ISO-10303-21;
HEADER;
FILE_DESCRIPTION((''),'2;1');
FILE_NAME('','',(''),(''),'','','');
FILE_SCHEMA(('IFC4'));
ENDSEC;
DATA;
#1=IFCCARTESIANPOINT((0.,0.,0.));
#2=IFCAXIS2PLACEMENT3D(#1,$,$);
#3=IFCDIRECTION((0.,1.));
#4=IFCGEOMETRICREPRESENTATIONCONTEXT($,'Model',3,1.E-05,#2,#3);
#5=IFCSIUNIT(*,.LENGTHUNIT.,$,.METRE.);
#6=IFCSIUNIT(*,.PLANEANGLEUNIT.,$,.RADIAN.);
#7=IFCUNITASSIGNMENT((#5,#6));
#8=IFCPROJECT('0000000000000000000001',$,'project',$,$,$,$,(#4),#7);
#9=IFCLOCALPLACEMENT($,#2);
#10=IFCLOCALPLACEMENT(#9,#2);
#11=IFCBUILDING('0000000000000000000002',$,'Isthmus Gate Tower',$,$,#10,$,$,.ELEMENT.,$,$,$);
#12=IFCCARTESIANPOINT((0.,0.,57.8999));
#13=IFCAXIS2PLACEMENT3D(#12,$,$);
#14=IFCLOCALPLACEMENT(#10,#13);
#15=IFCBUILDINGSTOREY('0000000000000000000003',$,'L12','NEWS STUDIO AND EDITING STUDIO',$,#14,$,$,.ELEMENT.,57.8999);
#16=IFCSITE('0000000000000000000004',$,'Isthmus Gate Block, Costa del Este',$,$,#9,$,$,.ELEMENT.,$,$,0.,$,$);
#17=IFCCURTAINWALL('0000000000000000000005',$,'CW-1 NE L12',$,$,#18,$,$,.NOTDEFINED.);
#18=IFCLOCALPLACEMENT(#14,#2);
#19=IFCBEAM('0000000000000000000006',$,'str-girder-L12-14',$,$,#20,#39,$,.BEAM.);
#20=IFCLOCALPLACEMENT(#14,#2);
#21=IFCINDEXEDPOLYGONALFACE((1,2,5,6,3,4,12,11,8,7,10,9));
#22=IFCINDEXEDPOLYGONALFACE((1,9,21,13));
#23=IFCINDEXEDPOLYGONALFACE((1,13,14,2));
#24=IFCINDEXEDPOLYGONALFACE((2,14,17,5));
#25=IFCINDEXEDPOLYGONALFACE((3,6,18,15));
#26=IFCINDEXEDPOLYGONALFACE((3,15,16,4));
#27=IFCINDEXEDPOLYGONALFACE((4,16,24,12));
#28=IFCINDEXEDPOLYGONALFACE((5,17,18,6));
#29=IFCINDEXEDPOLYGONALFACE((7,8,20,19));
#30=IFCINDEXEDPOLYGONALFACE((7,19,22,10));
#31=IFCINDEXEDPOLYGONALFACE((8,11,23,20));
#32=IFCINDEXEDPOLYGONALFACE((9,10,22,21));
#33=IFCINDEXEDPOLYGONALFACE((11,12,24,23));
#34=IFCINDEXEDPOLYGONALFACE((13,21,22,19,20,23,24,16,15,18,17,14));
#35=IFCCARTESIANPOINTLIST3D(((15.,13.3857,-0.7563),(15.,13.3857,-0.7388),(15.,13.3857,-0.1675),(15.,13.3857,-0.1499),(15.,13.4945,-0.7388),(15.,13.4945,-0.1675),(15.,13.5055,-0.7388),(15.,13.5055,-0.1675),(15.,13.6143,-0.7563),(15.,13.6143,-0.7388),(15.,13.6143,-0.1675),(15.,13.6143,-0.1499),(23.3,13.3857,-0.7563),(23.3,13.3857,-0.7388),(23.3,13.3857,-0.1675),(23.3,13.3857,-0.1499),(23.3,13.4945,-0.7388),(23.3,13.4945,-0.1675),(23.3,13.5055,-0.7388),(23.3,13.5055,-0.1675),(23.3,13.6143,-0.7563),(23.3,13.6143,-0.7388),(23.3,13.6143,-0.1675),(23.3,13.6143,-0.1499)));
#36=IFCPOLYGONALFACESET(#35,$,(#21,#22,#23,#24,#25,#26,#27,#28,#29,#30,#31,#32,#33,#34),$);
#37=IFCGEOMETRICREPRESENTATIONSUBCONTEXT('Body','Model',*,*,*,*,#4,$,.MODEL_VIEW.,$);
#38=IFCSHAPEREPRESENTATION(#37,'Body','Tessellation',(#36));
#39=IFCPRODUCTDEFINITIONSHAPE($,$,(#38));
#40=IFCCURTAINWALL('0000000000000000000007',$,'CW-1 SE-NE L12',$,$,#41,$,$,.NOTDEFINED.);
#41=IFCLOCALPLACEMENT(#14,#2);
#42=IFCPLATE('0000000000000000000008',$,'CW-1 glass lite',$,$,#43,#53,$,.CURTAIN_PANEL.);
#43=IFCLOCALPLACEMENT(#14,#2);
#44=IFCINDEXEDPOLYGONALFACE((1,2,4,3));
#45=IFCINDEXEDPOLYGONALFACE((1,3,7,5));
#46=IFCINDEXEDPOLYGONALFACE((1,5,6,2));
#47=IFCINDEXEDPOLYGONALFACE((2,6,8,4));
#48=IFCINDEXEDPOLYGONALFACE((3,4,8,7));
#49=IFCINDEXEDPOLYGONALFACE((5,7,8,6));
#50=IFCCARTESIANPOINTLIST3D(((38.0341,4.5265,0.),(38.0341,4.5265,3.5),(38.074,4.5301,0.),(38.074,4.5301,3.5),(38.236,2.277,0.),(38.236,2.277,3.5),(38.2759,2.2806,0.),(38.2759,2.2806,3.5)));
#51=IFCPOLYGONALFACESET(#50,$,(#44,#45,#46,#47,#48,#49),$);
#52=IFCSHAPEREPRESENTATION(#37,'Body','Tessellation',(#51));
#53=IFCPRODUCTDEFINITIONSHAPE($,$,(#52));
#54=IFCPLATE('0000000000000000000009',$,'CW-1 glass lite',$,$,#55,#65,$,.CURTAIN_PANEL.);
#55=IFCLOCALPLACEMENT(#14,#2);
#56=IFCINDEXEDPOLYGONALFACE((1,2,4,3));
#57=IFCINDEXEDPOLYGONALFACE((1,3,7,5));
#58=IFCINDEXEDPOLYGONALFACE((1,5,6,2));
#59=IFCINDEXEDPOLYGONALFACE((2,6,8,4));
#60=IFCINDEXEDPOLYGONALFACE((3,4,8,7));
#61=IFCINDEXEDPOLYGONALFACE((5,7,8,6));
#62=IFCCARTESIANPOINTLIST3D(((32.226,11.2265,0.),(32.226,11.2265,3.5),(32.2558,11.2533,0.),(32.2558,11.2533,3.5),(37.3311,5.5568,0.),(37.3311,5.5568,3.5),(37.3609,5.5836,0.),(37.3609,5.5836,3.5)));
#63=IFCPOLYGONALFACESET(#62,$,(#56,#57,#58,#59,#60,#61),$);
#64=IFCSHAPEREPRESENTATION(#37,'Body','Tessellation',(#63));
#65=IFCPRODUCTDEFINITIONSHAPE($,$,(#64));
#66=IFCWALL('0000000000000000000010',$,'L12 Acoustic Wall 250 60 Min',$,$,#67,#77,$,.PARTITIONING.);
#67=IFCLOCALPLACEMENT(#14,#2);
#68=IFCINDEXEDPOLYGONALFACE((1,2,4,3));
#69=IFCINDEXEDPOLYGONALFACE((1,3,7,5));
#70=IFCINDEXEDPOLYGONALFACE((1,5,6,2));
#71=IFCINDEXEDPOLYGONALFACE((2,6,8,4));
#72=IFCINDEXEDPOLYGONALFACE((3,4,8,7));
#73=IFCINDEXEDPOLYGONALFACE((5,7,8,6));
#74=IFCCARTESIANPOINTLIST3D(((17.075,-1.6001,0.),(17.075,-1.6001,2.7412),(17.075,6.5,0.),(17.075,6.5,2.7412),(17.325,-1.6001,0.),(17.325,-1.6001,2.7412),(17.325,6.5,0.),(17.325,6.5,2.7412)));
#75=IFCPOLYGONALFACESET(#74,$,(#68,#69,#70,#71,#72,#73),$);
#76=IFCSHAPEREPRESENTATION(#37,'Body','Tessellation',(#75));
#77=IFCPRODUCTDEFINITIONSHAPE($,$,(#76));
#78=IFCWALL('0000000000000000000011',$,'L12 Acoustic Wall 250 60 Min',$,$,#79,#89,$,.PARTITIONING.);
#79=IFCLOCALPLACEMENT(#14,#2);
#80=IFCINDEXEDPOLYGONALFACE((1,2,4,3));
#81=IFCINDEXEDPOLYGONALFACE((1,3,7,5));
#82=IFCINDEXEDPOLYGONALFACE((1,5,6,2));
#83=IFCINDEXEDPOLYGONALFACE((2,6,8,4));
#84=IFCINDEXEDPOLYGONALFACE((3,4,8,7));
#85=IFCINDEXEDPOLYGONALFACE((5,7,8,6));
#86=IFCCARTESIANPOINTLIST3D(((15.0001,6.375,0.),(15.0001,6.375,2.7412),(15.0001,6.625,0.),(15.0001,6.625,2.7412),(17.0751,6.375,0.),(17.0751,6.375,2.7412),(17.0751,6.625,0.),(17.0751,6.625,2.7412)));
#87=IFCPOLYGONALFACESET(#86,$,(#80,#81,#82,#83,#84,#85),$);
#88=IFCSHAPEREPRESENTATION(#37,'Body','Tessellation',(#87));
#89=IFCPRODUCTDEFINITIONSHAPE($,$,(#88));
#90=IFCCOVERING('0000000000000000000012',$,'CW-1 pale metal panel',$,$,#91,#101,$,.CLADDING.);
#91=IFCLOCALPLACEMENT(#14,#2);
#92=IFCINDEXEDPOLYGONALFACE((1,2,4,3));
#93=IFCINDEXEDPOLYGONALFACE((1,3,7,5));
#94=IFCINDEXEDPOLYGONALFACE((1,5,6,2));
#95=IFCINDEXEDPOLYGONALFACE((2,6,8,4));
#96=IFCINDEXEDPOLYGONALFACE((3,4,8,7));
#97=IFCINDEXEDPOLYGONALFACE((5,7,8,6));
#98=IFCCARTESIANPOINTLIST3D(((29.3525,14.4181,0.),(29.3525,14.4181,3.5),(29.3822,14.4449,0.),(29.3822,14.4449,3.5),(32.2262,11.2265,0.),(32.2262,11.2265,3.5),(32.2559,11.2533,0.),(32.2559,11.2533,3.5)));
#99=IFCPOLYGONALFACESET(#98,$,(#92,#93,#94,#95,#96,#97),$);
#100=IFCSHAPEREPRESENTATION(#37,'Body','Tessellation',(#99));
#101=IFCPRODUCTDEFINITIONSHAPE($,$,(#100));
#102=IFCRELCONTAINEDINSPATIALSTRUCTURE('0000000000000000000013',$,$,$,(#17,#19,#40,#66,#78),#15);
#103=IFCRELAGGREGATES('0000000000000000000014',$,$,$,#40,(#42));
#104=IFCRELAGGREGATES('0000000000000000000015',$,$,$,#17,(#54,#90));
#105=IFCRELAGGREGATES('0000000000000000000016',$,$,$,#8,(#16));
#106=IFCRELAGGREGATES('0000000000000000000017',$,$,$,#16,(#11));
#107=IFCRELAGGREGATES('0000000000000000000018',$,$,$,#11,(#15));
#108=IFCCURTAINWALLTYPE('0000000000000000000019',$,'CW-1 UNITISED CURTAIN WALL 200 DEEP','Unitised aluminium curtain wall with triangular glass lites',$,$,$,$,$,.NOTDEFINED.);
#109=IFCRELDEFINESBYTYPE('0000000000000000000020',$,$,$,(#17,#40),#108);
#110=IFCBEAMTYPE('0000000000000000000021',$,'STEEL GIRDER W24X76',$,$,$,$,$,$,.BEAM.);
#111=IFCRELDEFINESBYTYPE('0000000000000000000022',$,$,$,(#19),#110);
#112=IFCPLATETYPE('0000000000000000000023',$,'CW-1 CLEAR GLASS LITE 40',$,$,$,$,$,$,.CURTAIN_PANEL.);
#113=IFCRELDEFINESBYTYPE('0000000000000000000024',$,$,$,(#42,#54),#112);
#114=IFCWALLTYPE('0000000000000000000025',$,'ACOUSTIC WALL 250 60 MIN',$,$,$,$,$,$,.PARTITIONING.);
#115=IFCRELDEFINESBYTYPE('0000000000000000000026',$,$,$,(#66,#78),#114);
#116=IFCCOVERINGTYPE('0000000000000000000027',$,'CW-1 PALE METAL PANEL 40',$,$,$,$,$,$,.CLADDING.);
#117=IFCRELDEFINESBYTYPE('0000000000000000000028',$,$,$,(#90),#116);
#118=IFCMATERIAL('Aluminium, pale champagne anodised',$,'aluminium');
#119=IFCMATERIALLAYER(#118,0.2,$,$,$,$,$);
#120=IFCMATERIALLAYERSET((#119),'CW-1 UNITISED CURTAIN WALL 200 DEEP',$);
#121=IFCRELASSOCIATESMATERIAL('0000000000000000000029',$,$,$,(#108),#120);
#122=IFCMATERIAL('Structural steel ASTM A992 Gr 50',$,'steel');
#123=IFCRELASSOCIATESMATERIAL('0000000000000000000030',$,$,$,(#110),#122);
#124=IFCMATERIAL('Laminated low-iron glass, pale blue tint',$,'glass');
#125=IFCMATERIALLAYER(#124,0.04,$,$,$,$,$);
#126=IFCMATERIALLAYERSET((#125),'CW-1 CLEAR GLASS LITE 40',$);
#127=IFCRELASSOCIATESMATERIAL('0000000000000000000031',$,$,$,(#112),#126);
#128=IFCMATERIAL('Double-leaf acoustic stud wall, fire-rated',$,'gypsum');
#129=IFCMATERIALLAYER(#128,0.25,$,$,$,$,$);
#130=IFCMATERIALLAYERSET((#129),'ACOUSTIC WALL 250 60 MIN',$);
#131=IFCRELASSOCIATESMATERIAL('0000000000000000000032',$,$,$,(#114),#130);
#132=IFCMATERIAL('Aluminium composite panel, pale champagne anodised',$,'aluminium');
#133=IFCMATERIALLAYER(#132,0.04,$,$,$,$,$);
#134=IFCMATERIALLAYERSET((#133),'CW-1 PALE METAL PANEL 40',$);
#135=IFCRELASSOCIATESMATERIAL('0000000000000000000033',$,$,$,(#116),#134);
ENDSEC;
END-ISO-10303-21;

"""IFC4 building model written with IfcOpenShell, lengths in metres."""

from ifc_helpers import new_model, si_unit, direction, frame, frame_2d, origin, origin_2d, place, context, subcontext, project, spatial, rectangle, i_section, extrude, material, layer, layer_set, material_profile, profile_set, type_object, element, aggregate, save


model = new_model("IFC4")

# Units and contexts
model_context = context("Model", 3, precision=1e-05, world=origin(), true_north=direction((0.0, 1.0)))
body_context = subcontext(model_context, "Body", "Model", "MODEL_VIEW")
ifc_project = project(units=[si_unit("LENGTHUNIT", "METRE"), si_unit("PLANEANGLEUNIT", "RADIAN")], contexts=[model_context])

# Site, building, storey
site_placement = place(None, origin())
site = spatial("IfcSite", under=ifc_project, at=site_placement, Name="Isthmus Gate Block, Costa del Este", CompositionType="ELEMENT", RefElevation=0.0)
building_placement = place(site_placement, origin())
building = spatial("IfcBuilding", under=site, at=building_placement, Name="Isthmus Gate Tower", CompositionType="ELEMENT")
storey_placement = place(building_placement, frame((0.0, 0.0, 57.8999)))
storey = spatial("IfcBuildingStorey", under=building, at=storey_placement, Name="L12", Description="NEWS STUDIO AND EDITING STUDIO", CompositionType="ELEMENT", Elevation=57.8999)

# Curtain wall
ifc_material_1 = material(Name="Aluminium, pale champagne anodised", Category="aluminium")
ifc_layer_1 = layer(ifc_material_1, 0.2)
ifc_layer_set_1 = layer_set([ifc_layer_1], Name="CW-1 UNITISED CURTAIN WALL 200 DEEP")
curtain_wall_type = type_object("IfcCurtainWallType", Name="CW-1 UNITISED CURTAIN WALL 200 DEEP", Description="Unitised aluminium curtain wall with triangular glass lites", PredefinedType="NOTDEFINED", material=ifc_layer_set_1)
curtain_wall_1_placement = place(storey_placement, origin())
curtain_wall_1 = element("IfcCurtainWall", 1, at=curtain_wall_1_placement, inside=storey, type_object=curtain_wall_type, Name="CW-1 NE L12", PredefinedType="NOTDEFINED")

# Beam
ifc_material_2 = material(Name="Structural steel ASTM A992 Gr 50", Category="steel")
ifc_material_profile_1 = material_profile(ifc_material_2, i_section(OverallWidth=0.2285, OverallDepth=0.6064, WebThickness=0.011, FlangeThickness=0.0176, at=origin_2d()), Name="W24X76")
ifc_profile_set_1 = profile_set([ifc_material_profile_1], Name="Structural steel ASTM A992 Gr 50")
beam_type_1 = type_object("IfcBeamType", Name="STEEL GIRDER W24X76", PredefinedType="BEAM", material=ifc_profile_set_1)
beam_1_placement = place(storey_placement, frame((15.0, 13.5, -0.4531), z_axis=(1.0, 0.0, 0.0), x_axis=(0.0, 1.0, 0.0)))
element("IfcBeam", 2, at=beam_1_placement, inside=storey, type_object=beam_type_1, Name="str-girder-L12-14", PredefinedType="BEAM", context=body_context, shape_type="SweptSolid", body=[
    extrude(i_section(OverallWidth=0.2285, OverallDepth=0.6064, WebThickness=0.011, FlangeThickness=0.0176, at=origin_2d()), origin(), (0.0, 0.0, 1.0), 8.3),
])

# Curtain wall, plate
curtain_wall_2_placement = place(storey_placement, origin())
curtain_wall_2 = element("IfcCurtainWall", 3, at=curtain_wall_2_placement, inside=storey, type_object=curtain_wall_type, Name="CW-1 SE-NE L12", PredefinedType="NOTDEFINED")
ifc_material_3 = material(Name="Laminated low-iron glass, pale blue tint", Category="glass")
ifc_layer_2 = layer(ifc_material_3, 0.04)
ifc_layer_set_2 = layer_set([ifc_layer_2], Name="CW-1 CLEAR GLASS LITE 40")
plate_type = type_object("IfcPlateType", Name="CW-1 CLEAR GLASS LITE 40", PredefinedType="CURTAIN_PANEL", material=ifc_layer_set_2)
plate_1_placement = place(storey_placement, frame((38.155, 3.4036, 0.0), z_axis=(0.0, 0.0, 1.0), x_axis=(-0.089397, 0.995996, 0.0)))
plate_1 = element("IfcPlate", 4, at=plate_1_placement, type_object=plate_type, Name="CW-1 glass lite", PredefinedType="CURTAIN_PANEL", context=body_context, shape_type="SweptSolid", body=[
    extrude(rectangle(XDim=2.2585, YDim=0.04, at=origin_2d()), origin(), (0.0, 0.0, 1.0), 3.5),
])
aggregate(curtain_wall_2, [plate_1])

# Plate
plate_2_placement = place(storey_placement, frame((34.7935, 8.405, 0.0), z_axis=(0.0, 0.0, 1.0), x_axis=(-0.669131, 0.743145, 0.0)))
plate_2 = element("IfcPlate", 5, at=plate_2_placement, type_object=plate_type, Name="CW-1 glass lite", PredefinedType="CURTAIN_PANEL", context=body_context, shape_type="SweptSolid", body=[
    extrude(rectangle(XDim=7.6294, YDim=0.04, at=origin_2d()), origin(), (0.0, 0.0, 1.0), 3.5),
])

# Walls
ifc_material_4 = material(Name="Double-leaf acoustic stud wall, fire-rated", Category="gypsum")
ifc_layer_3 = layer(ifc_material_4, 0.25)
ifc_layer_set_3 = layer_set([ifc_layer_3], Name="ACOUSTIC WALL 250 60 MIN")
wall_type = type_object("IfcWallType", Name="ACOUSTIC WALL 250 60 MIN", PredefinedType="PARTITIONING", material=ifc_layer_set_3)
wall_1_placement = place(storey_placement, frame((17.2, 6.5, 0.0), z_axis=(0.0, 0.0, 1.0), x_axis=(0.0, -1.0, 0.0)))
element("IfcWall", 6, at=wall_1_placement, inside=storey, type_object=wall_type, Name="L12 Acoustic Wall 250 60 Min", PredefinedType="PARTITIONING", context=body_context, shape_type="SweptSolid", body=[
    extrude(rectangle(XDim=8.1001, YDim=0.25, at=frame_2d((4.05, 0.0))), origin(), (0.0, 0.0, 1.0), 2.7412),
])
wall_2_placement = place(storey_placement, frame((15.0, 6.5, 0.0), z_axis=(0.0, 0.0, 1.0), x_axis=(1.0, 0.0, 0.0)))
element("IfcWall", 7, at=wall_2_placement, inside=storey, type_object=wall_type, Name="L12 Acoustic Wall 250 60 Min", PredefinedType="PARTITIONING", context=body_context, shape_type="SweptSolid", body=[
    extrude(rectangle(XDim=2.075, YDim=0.25, at=frame_2d((1.0376, 0.0))), origin(), (0.0, 0.0, 1.0), 2.7412),
])

# Covering
ifc_material_5 = material(Name="Aluminium composite panel, pale champagne anodised", Category="aluminium")
ifc_layer_4 = layer(ifc_material_5, 0.04)
ifc_layer_set_4 = layer_set([ifc_layer_4], Name="CW-1 PALE METAL PANEL 40")
covering_type = type_object("IfcCoveringType", Name="CW-1 PALE METAL PANEL 40", PredefinedType="CLADDING", material=ifc_layer_set_4)
covering_placement = place(storey_placement, frame((30.8042, 12.8357, 0.0), z_axis=(0.0, 0.0, 1.0), x_axis=(-0.669131, 0.743145, 0.0)))
covering = element("IfcCovering", 8, at=covering_placement, type_object=covering_type, Name="CW-1 pale metal panel", PredefinedType="CLADDING", context=body_context, shape_type="SweptSolid", body=[
    extrude(rectangle(XDim=4.2947, YDim=0.04, at=origin_2d()), origin(), (0.0, 0.0, 1.0), 3.5),
])
aggregate(curtain_wall_1, [plate_2, covering])

save(model, "model.ifc")
